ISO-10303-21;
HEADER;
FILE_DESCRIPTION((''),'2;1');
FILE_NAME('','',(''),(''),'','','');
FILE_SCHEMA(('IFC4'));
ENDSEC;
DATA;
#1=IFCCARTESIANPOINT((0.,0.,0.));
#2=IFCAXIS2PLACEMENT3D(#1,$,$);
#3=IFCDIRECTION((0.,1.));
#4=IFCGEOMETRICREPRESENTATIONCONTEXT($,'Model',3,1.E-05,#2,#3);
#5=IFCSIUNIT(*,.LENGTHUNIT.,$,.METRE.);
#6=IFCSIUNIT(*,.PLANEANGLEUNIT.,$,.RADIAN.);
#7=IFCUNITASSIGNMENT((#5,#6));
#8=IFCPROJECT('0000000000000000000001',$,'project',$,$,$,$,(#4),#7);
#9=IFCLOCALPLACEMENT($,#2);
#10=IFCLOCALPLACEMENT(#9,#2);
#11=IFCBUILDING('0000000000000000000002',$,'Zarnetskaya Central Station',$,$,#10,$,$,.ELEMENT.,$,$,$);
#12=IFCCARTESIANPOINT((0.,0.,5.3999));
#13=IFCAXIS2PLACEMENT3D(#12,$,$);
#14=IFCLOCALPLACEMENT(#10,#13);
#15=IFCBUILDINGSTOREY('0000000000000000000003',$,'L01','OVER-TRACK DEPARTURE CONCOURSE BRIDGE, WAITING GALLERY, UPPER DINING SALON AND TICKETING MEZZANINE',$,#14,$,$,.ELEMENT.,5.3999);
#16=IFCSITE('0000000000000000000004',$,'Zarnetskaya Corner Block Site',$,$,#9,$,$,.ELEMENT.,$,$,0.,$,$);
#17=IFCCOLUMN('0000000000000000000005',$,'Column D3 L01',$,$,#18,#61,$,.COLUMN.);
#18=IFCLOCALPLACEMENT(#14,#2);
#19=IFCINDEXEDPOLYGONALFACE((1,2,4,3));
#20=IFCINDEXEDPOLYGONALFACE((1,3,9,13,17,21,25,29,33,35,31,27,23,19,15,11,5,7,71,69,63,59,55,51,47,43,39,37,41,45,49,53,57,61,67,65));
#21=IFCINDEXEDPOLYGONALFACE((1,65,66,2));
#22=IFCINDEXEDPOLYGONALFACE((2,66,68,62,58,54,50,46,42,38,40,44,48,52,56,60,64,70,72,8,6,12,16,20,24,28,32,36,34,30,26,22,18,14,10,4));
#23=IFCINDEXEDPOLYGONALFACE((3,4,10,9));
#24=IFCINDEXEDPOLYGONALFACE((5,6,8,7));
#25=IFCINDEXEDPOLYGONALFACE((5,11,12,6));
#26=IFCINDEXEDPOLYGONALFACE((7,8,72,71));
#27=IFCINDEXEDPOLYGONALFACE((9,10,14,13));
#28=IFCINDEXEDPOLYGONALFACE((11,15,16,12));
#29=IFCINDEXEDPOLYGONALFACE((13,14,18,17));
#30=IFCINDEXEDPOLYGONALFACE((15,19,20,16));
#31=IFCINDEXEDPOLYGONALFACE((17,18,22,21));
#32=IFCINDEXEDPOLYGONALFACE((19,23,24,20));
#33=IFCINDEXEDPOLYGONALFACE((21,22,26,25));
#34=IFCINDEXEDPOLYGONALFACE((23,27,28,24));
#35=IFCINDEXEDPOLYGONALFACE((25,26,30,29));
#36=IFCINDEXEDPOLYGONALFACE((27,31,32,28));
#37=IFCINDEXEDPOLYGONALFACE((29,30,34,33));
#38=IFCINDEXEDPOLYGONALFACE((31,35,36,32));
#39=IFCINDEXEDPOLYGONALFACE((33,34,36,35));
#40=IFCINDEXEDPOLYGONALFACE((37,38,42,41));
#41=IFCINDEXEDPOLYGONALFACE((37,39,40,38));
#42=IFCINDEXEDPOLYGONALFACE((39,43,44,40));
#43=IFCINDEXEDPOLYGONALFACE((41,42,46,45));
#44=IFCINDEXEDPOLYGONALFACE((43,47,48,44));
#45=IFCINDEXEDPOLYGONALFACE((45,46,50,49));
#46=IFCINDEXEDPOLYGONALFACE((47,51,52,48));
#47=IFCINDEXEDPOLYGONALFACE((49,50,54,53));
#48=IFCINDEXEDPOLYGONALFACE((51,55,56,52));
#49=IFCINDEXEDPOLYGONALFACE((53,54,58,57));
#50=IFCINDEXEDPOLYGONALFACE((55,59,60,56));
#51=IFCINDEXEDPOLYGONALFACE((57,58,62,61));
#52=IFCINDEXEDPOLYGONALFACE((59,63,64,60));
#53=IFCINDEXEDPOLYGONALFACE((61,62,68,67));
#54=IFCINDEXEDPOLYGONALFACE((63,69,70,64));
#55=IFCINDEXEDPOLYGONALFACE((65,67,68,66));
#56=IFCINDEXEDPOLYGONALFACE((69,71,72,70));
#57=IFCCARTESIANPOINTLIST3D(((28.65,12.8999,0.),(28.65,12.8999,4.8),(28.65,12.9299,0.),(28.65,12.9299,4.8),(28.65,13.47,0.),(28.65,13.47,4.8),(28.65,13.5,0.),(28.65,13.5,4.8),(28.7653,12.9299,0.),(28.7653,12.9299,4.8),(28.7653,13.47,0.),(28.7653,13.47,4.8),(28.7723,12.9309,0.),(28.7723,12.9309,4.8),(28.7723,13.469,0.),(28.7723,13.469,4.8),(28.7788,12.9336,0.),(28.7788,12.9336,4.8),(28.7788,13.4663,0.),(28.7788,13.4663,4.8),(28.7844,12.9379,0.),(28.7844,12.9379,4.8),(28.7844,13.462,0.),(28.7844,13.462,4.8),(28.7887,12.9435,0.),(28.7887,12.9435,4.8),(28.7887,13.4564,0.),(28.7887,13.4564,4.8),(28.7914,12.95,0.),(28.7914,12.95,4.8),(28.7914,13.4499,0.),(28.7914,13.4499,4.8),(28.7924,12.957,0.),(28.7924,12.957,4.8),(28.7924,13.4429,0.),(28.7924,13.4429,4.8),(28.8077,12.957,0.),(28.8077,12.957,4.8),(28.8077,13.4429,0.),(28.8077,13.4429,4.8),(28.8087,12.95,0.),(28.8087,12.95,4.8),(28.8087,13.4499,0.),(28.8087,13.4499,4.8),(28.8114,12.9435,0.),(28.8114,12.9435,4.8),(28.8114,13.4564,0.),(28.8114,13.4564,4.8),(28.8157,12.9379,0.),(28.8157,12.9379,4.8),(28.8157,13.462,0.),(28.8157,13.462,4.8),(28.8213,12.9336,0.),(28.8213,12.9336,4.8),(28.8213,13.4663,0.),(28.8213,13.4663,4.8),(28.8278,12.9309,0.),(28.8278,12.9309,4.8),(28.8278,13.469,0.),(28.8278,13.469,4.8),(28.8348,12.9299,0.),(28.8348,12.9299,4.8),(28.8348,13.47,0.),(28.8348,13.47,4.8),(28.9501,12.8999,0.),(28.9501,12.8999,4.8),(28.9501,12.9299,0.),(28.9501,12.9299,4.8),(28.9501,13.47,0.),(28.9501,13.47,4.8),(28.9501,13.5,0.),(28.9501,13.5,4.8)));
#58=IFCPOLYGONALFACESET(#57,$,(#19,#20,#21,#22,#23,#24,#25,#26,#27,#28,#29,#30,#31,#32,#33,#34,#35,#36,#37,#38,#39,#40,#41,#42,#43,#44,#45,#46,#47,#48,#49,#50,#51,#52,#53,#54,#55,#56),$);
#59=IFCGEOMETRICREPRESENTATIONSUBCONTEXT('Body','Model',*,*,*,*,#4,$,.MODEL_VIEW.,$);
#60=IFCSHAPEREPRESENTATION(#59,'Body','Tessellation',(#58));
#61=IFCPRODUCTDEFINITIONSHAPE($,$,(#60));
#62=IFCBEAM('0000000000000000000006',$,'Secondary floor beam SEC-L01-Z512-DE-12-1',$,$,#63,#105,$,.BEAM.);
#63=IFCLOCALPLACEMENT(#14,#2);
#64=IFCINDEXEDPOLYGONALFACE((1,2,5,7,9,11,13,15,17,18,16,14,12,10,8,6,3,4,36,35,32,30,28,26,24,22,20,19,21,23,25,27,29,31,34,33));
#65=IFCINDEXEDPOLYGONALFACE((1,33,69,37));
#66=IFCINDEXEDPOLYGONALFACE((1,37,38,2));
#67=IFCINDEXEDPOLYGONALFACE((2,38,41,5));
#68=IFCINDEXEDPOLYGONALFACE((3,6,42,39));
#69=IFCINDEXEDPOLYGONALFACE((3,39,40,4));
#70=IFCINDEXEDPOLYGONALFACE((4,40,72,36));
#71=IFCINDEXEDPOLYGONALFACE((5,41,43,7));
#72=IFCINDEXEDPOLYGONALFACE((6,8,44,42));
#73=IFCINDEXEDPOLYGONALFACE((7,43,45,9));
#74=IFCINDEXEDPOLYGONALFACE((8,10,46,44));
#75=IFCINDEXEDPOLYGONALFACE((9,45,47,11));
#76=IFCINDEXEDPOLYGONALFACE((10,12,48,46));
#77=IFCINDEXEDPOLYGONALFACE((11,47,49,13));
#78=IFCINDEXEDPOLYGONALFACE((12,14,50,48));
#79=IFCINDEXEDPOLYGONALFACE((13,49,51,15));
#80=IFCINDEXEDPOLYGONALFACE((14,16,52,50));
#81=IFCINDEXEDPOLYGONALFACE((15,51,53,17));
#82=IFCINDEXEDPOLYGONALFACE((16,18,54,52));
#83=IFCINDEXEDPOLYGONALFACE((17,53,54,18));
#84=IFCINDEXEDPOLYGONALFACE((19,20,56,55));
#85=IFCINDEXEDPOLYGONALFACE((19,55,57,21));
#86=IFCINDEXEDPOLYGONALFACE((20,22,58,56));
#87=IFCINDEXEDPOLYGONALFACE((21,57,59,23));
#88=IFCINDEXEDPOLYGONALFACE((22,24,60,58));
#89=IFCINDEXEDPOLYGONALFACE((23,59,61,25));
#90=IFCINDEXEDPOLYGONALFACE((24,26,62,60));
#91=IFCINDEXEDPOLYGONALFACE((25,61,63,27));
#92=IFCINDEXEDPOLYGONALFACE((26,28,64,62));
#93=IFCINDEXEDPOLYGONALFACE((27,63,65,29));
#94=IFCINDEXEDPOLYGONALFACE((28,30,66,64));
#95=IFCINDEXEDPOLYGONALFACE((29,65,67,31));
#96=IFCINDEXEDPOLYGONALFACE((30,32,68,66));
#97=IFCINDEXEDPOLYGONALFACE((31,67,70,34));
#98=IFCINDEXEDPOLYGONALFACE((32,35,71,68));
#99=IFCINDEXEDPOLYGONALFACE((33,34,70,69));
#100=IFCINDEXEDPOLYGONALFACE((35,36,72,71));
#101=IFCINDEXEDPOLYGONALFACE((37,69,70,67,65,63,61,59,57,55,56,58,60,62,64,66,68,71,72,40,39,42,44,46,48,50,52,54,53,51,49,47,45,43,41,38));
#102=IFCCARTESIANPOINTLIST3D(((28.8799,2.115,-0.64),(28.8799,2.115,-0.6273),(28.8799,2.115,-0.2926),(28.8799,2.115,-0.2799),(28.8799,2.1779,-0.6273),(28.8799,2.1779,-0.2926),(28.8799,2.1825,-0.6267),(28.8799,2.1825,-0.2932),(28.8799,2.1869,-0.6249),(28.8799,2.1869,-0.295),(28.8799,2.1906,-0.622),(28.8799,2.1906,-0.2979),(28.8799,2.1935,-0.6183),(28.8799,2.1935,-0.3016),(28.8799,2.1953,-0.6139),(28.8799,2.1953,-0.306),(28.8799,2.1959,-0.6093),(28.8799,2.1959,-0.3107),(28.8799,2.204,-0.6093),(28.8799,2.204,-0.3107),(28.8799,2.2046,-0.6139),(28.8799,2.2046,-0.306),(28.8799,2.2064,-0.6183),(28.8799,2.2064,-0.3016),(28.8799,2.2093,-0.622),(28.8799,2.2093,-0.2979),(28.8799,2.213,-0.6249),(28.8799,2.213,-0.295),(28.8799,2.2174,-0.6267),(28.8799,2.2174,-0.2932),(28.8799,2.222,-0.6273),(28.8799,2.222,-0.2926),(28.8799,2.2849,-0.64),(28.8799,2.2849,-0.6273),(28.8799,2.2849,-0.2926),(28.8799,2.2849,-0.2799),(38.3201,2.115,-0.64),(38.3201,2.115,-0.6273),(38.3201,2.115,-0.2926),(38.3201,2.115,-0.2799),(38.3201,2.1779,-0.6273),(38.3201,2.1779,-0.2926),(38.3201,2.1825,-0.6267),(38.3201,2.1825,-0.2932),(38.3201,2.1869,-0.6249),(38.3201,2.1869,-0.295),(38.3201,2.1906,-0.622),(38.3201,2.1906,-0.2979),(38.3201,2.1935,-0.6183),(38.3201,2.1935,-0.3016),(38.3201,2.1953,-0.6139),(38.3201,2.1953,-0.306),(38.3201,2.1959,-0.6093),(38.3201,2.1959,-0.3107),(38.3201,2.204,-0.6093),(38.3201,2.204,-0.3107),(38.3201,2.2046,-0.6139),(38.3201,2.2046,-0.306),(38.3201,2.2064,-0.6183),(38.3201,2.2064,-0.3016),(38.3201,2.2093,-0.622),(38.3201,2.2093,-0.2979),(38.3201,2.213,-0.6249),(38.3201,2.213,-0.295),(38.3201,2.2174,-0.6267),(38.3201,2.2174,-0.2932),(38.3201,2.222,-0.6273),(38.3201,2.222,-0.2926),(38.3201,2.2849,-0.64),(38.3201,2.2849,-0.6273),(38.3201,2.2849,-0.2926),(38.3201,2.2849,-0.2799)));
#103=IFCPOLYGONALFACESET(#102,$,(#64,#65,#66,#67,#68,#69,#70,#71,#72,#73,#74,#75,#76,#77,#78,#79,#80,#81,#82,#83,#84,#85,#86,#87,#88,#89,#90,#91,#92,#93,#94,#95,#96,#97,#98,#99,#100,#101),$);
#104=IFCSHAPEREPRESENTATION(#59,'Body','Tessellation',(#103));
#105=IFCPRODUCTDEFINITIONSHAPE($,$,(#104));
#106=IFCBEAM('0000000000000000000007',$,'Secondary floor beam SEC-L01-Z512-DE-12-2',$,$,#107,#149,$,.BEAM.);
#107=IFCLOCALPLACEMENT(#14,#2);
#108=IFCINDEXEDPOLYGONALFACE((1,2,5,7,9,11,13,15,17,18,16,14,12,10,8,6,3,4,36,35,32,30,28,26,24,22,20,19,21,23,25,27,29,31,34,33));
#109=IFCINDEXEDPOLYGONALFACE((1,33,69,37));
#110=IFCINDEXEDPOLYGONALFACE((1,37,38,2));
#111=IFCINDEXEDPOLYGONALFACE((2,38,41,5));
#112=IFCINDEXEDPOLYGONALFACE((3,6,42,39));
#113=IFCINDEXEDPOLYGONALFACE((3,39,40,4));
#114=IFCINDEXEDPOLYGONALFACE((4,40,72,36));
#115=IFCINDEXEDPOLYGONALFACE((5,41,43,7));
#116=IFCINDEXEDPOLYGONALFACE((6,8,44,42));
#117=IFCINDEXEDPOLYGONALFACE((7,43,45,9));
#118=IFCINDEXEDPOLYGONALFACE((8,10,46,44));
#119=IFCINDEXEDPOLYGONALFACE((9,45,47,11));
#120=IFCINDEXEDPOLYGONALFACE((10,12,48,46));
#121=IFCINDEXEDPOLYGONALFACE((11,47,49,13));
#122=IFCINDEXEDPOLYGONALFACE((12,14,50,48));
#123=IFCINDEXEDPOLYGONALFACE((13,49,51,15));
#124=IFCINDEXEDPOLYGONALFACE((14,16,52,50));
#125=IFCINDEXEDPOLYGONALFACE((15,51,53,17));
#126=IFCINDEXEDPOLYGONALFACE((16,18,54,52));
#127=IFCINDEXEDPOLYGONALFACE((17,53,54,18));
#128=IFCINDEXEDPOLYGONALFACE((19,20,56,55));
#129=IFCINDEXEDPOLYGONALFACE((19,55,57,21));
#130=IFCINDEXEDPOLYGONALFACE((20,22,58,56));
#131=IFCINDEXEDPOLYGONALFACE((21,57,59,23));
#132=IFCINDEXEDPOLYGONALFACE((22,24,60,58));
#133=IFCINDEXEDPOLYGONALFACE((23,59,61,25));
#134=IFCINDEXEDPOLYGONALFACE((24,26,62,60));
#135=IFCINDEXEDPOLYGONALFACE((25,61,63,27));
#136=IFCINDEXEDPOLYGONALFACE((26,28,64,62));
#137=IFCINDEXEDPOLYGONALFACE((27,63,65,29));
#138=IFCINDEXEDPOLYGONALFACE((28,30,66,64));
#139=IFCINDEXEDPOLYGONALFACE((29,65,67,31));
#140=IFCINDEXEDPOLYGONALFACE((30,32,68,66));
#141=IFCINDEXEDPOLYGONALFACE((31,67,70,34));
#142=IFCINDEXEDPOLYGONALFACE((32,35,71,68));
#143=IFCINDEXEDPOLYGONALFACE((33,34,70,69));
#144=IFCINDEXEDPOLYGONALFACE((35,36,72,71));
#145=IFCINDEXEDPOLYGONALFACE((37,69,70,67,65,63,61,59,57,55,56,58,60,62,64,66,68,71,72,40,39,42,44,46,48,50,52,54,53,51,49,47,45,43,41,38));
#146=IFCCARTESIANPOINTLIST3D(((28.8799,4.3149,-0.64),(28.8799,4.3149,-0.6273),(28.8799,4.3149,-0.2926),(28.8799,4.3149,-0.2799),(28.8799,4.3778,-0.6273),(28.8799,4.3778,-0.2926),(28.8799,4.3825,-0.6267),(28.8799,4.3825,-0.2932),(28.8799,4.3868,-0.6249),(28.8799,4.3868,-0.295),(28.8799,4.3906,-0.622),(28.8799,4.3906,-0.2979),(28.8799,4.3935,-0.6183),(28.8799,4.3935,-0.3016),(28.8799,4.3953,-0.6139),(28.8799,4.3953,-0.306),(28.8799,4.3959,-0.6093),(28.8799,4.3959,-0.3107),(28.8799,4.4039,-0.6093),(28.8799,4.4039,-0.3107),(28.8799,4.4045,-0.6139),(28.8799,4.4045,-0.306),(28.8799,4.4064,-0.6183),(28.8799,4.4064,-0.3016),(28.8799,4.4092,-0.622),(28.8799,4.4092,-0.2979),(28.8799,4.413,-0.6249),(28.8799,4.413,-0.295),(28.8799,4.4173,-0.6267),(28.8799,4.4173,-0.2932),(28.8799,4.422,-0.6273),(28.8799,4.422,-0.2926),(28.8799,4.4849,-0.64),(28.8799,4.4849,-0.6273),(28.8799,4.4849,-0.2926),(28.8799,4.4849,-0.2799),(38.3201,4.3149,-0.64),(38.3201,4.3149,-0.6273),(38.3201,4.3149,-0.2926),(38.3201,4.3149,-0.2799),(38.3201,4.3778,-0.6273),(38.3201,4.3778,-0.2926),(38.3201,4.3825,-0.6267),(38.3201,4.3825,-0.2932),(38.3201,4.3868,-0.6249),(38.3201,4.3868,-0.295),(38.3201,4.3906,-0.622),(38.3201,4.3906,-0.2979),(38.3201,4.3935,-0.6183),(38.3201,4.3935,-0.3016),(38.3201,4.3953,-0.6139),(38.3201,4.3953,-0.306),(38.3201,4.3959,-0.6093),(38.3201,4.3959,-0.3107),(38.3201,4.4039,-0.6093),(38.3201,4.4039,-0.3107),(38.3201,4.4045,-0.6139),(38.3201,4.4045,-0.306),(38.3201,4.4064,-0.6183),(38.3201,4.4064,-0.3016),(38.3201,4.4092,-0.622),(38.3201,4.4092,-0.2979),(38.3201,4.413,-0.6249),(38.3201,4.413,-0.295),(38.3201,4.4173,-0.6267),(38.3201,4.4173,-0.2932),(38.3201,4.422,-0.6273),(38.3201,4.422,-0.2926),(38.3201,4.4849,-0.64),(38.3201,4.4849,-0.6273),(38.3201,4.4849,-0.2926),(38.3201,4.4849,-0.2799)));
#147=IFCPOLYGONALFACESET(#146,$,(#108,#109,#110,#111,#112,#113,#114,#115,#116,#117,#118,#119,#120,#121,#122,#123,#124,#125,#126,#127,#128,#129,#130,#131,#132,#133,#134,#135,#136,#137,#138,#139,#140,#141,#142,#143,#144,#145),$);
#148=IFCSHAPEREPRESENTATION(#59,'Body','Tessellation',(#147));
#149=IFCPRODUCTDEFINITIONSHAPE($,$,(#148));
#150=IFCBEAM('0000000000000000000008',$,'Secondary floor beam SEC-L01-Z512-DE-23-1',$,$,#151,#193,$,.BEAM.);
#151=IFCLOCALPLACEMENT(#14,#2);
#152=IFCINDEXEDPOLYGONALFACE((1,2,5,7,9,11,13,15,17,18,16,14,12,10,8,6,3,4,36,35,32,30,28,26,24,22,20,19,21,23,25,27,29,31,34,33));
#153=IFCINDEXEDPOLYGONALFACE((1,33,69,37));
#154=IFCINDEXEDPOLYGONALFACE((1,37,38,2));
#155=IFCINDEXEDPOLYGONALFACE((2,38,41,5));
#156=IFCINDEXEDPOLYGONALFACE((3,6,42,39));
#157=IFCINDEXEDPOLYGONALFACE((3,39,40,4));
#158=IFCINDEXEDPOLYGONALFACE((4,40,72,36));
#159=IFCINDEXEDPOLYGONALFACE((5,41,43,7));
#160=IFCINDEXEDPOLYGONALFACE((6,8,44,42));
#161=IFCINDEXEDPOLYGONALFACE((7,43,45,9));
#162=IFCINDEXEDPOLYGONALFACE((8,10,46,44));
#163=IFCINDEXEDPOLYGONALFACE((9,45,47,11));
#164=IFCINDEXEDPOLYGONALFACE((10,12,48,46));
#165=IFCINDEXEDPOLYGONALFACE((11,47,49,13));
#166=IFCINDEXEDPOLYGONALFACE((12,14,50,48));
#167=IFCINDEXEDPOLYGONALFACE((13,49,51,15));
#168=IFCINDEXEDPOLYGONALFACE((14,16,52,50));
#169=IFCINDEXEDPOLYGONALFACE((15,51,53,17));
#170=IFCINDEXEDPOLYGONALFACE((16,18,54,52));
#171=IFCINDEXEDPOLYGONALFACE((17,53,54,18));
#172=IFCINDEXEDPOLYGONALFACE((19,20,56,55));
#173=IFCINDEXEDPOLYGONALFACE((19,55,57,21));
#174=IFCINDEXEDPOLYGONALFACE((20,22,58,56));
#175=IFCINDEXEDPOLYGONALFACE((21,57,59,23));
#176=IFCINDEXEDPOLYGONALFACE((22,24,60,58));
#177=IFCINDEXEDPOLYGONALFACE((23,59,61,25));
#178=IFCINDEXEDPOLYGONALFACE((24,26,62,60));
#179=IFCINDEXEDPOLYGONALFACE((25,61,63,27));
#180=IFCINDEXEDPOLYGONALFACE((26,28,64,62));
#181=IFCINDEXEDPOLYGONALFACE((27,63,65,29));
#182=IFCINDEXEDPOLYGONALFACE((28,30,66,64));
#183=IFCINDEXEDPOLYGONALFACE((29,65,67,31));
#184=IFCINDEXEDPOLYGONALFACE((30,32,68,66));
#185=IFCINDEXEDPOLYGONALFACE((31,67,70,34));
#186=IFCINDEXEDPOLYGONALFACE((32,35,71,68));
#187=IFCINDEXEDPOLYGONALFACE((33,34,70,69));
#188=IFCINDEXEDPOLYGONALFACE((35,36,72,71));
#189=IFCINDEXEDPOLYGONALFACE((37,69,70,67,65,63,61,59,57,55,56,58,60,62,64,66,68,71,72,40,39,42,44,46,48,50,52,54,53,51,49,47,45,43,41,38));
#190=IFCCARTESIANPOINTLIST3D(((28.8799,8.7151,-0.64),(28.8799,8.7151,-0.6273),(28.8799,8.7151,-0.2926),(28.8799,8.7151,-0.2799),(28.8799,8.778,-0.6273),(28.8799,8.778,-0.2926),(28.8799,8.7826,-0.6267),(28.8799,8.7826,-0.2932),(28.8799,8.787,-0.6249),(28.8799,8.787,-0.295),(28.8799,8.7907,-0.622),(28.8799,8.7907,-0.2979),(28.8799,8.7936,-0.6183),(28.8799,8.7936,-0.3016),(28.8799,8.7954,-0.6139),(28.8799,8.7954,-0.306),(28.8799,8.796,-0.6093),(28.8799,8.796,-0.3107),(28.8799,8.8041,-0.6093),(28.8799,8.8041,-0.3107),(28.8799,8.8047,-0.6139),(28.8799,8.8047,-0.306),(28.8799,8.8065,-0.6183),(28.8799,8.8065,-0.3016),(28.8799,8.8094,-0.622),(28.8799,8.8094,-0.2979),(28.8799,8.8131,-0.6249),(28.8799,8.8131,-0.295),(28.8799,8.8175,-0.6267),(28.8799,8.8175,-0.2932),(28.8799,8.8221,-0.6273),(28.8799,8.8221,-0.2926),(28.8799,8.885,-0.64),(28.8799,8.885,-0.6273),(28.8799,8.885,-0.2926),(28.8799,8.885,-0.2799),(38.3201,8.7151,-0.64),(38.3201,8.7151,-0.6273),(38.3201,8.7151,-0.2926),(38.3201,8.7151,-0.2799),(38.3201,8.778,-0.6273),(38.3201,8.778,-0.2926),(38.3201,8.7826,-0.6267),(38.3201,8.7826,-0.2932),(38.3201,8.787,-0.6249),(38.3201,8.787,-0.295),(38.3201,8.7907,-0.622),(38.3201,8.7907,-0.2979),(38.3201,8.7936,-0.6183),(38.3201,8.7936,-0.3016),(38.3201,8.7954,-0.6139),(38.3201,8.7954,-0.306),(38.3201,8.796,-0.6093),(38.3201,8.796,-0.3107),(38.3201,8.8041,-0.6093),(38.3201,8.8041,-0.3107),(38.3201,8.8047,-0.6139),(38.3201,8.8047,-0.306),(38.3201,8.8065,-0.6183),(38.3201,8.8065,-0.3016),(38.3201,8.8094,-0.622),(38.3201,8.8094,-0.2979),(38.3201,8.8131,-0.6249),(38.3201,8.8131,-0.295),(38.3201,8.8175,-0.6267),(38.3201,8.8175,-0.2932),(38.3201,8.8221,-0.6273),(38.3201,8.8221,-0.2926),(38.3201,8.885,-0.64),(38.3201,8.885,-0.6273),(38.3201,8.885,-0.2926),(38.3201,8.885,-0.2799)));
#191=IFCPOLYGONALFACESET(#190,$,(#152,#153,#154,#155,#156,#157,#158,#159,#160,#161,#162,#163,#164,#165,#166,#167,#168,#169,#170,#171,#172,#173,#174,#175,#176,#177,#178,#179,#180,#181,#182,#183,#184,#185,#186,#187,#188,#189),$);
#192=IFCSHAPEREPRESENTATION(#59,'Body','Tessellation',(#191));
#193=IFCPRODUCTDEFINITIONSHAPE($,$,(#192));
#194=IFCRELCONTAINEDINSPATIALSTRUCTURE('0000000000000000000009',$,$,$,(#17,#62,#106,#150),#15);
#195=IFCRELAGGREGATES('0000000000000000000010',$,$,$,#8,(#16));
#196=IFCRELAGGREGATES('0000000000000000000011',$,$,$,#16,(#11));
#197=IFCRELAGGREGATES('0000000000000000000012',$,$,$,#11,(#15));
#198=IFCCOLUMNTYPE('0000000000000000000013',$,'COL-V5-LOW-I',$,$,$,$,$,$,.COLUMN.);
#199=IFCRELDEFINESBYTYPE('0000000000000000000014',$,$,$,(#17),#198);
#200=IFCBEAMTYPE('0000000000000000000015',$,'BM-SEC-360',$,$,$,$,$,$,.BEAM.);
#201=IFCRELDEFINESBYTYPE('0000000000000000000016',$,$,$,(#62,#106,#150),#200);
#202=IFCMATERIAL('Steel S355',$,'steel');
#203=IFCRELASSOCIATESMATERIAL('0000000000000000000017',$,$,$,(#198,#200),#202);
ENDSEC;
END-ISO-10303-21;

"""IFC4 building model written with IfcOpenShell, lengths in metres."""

from ifc_helpers import new_model, si_unit, direction, frame, origin, origin_2d, place, context, subcontext, project, spatial, i_section, extrude, material, material_profile, profile_set, type_object, element, save


model = new_model("IFC4")

# Units and contexts
model_context = context("Model", 3, precision=1e-05, world=origin(), true_north=direction((0.0, 1.0)))
body_context = subcontext(model_context, "Body", "Model", "MODEL_VIEW")
ifc_project = project(units=[si_unit("LENGTHUNIT", "METRE"), si_unit("PLANEANGLEUNIT", "RADIAN")], contexts=[model_context])

# Site, building, storey
site_placement = place(None, origin())
site = spatial("IfcSite", under=ifc_project, at=site_placement, Name="Zarnetskaya Corner Block Site", CompositionType="ELEMENT", RefElevation=0.0)
building_placement = place(site_placement, origin())
building = spatial("IfcBuilding", under=site, at=building_placement, Name="Zarnetskaya Central Station", CompositionType="ELEMENT")
storey_placement = place(building_placement, frame((0.0, 0.0, 5.3999)))
storey = spatial("IfcBuildingStorey", under=building, at=storey_placement, Name="L01", Description="OVER-TRACK DEPARTURE CONCOURSE BRIDGE, WAITING GALLERY, UPPER DINING SALON AND TICKETING MEZZANINE", CompositionType="ELEMENT", Elevation=5.3999)

# Column
ifc_material_1 = material(Name="Steel S355", Category="steel")
ifc_material_profile_1 = material_profile(ifc_material_1, i_section(OverallWidth=0.3, OverallDepth=0.6001, WebThickness=0.0154, FlangeThickness=0.03, FilletRadius=0.0271, at=origin_2d()), Name="HEB 600")
ifc_profile_set_1 = profile_set([ifc_material_profile_1], Name="Steel S355")
column_type = type_object("IfcColumnType", Name="COL-V5-LOW-I", PredefinedType="COLUMN", material=ifc_profile_set_1)
column_placement = place(storey_placement, frame((28.8, 13.2, 0.0), z_axis=(0.0, 0.0, 1.0), x_axis=(1.0, 0.0, 0.0)))
element("IfcColumn", 1, at=column_placement, inside=storey, type_object=column_type, Name="Column D3 L01", PredefinedType="COLUMN", context=body_context, shape_type="SweptSolid", body=[
    extrude(i_section(OverallWidth=0.3, OverallDepth=0.6001, WebThickness=0.0154, FlangeThickness=0.03, FilletRadius=0.0271, at=origin_2d()), origin(), (0.0, 0.0, 1.0), 4.8),
])

# Beams
ifc_material_profile_2 = material_profile(ifc_material_1, i_section(OverallWidth=0.1699, OverallDepth=0.3601, WebThickness=0.0081, FlangeThickness=0.0127, FilletRadius=0.0181, at=origin_2d()), Name="IPE 360")
ifc_profile_set_2 = profile_set([ifc_material_profile_2], Name="Steel S355")
beam_type_1 = type_object("IfcBeamType", Name="BM-SEC-360", PredefinedType="BEAM", material=ifc_profile_set_2)
for number, where, z_axis, x_axis, name in (
    (2, (28.8799, 2.2, -0.46), (1.0, 0.0, 0.0), (0.0, 1.0, 0.0), "Secondary floor beam SEC-L01-Z512-DE-12-1"),
    (3, (28.8799, 4.3999, -0.46), (1.0, 0.0, 0.0), (0.0, 1.0, 0.0), "Secondary floor beam SEC-L01-Z512-DE-12-2"),
    (4, (28.8799, 8.8, -0.46), (1.0, 0.0, 0.0), (0.0, 1.0, 0.0), "Secondary floor beam SEC-L01-Z512-DE-23-1"),
):
    element("IfcBeam", number, at=place(storey_placement, frame(where, z_axis=z_axis, x_axis=x_axis)), inside=storey, type_object=beam_type_1, Name=name, PredefinedType="BEAM", context=body_context, shape_type="SweptSolid", body=[
        extrude(i_section(OverallWidth=0.1699, OverallDepth=0.3601, WebThickness=0.0081, FlangeThickness=0.0127, FilletRadius=0.0181, at=origin_2d()), origin(), (0.0, 0.0, 1.0), 9.4402),
    ])

save(model, "model.ifc")
